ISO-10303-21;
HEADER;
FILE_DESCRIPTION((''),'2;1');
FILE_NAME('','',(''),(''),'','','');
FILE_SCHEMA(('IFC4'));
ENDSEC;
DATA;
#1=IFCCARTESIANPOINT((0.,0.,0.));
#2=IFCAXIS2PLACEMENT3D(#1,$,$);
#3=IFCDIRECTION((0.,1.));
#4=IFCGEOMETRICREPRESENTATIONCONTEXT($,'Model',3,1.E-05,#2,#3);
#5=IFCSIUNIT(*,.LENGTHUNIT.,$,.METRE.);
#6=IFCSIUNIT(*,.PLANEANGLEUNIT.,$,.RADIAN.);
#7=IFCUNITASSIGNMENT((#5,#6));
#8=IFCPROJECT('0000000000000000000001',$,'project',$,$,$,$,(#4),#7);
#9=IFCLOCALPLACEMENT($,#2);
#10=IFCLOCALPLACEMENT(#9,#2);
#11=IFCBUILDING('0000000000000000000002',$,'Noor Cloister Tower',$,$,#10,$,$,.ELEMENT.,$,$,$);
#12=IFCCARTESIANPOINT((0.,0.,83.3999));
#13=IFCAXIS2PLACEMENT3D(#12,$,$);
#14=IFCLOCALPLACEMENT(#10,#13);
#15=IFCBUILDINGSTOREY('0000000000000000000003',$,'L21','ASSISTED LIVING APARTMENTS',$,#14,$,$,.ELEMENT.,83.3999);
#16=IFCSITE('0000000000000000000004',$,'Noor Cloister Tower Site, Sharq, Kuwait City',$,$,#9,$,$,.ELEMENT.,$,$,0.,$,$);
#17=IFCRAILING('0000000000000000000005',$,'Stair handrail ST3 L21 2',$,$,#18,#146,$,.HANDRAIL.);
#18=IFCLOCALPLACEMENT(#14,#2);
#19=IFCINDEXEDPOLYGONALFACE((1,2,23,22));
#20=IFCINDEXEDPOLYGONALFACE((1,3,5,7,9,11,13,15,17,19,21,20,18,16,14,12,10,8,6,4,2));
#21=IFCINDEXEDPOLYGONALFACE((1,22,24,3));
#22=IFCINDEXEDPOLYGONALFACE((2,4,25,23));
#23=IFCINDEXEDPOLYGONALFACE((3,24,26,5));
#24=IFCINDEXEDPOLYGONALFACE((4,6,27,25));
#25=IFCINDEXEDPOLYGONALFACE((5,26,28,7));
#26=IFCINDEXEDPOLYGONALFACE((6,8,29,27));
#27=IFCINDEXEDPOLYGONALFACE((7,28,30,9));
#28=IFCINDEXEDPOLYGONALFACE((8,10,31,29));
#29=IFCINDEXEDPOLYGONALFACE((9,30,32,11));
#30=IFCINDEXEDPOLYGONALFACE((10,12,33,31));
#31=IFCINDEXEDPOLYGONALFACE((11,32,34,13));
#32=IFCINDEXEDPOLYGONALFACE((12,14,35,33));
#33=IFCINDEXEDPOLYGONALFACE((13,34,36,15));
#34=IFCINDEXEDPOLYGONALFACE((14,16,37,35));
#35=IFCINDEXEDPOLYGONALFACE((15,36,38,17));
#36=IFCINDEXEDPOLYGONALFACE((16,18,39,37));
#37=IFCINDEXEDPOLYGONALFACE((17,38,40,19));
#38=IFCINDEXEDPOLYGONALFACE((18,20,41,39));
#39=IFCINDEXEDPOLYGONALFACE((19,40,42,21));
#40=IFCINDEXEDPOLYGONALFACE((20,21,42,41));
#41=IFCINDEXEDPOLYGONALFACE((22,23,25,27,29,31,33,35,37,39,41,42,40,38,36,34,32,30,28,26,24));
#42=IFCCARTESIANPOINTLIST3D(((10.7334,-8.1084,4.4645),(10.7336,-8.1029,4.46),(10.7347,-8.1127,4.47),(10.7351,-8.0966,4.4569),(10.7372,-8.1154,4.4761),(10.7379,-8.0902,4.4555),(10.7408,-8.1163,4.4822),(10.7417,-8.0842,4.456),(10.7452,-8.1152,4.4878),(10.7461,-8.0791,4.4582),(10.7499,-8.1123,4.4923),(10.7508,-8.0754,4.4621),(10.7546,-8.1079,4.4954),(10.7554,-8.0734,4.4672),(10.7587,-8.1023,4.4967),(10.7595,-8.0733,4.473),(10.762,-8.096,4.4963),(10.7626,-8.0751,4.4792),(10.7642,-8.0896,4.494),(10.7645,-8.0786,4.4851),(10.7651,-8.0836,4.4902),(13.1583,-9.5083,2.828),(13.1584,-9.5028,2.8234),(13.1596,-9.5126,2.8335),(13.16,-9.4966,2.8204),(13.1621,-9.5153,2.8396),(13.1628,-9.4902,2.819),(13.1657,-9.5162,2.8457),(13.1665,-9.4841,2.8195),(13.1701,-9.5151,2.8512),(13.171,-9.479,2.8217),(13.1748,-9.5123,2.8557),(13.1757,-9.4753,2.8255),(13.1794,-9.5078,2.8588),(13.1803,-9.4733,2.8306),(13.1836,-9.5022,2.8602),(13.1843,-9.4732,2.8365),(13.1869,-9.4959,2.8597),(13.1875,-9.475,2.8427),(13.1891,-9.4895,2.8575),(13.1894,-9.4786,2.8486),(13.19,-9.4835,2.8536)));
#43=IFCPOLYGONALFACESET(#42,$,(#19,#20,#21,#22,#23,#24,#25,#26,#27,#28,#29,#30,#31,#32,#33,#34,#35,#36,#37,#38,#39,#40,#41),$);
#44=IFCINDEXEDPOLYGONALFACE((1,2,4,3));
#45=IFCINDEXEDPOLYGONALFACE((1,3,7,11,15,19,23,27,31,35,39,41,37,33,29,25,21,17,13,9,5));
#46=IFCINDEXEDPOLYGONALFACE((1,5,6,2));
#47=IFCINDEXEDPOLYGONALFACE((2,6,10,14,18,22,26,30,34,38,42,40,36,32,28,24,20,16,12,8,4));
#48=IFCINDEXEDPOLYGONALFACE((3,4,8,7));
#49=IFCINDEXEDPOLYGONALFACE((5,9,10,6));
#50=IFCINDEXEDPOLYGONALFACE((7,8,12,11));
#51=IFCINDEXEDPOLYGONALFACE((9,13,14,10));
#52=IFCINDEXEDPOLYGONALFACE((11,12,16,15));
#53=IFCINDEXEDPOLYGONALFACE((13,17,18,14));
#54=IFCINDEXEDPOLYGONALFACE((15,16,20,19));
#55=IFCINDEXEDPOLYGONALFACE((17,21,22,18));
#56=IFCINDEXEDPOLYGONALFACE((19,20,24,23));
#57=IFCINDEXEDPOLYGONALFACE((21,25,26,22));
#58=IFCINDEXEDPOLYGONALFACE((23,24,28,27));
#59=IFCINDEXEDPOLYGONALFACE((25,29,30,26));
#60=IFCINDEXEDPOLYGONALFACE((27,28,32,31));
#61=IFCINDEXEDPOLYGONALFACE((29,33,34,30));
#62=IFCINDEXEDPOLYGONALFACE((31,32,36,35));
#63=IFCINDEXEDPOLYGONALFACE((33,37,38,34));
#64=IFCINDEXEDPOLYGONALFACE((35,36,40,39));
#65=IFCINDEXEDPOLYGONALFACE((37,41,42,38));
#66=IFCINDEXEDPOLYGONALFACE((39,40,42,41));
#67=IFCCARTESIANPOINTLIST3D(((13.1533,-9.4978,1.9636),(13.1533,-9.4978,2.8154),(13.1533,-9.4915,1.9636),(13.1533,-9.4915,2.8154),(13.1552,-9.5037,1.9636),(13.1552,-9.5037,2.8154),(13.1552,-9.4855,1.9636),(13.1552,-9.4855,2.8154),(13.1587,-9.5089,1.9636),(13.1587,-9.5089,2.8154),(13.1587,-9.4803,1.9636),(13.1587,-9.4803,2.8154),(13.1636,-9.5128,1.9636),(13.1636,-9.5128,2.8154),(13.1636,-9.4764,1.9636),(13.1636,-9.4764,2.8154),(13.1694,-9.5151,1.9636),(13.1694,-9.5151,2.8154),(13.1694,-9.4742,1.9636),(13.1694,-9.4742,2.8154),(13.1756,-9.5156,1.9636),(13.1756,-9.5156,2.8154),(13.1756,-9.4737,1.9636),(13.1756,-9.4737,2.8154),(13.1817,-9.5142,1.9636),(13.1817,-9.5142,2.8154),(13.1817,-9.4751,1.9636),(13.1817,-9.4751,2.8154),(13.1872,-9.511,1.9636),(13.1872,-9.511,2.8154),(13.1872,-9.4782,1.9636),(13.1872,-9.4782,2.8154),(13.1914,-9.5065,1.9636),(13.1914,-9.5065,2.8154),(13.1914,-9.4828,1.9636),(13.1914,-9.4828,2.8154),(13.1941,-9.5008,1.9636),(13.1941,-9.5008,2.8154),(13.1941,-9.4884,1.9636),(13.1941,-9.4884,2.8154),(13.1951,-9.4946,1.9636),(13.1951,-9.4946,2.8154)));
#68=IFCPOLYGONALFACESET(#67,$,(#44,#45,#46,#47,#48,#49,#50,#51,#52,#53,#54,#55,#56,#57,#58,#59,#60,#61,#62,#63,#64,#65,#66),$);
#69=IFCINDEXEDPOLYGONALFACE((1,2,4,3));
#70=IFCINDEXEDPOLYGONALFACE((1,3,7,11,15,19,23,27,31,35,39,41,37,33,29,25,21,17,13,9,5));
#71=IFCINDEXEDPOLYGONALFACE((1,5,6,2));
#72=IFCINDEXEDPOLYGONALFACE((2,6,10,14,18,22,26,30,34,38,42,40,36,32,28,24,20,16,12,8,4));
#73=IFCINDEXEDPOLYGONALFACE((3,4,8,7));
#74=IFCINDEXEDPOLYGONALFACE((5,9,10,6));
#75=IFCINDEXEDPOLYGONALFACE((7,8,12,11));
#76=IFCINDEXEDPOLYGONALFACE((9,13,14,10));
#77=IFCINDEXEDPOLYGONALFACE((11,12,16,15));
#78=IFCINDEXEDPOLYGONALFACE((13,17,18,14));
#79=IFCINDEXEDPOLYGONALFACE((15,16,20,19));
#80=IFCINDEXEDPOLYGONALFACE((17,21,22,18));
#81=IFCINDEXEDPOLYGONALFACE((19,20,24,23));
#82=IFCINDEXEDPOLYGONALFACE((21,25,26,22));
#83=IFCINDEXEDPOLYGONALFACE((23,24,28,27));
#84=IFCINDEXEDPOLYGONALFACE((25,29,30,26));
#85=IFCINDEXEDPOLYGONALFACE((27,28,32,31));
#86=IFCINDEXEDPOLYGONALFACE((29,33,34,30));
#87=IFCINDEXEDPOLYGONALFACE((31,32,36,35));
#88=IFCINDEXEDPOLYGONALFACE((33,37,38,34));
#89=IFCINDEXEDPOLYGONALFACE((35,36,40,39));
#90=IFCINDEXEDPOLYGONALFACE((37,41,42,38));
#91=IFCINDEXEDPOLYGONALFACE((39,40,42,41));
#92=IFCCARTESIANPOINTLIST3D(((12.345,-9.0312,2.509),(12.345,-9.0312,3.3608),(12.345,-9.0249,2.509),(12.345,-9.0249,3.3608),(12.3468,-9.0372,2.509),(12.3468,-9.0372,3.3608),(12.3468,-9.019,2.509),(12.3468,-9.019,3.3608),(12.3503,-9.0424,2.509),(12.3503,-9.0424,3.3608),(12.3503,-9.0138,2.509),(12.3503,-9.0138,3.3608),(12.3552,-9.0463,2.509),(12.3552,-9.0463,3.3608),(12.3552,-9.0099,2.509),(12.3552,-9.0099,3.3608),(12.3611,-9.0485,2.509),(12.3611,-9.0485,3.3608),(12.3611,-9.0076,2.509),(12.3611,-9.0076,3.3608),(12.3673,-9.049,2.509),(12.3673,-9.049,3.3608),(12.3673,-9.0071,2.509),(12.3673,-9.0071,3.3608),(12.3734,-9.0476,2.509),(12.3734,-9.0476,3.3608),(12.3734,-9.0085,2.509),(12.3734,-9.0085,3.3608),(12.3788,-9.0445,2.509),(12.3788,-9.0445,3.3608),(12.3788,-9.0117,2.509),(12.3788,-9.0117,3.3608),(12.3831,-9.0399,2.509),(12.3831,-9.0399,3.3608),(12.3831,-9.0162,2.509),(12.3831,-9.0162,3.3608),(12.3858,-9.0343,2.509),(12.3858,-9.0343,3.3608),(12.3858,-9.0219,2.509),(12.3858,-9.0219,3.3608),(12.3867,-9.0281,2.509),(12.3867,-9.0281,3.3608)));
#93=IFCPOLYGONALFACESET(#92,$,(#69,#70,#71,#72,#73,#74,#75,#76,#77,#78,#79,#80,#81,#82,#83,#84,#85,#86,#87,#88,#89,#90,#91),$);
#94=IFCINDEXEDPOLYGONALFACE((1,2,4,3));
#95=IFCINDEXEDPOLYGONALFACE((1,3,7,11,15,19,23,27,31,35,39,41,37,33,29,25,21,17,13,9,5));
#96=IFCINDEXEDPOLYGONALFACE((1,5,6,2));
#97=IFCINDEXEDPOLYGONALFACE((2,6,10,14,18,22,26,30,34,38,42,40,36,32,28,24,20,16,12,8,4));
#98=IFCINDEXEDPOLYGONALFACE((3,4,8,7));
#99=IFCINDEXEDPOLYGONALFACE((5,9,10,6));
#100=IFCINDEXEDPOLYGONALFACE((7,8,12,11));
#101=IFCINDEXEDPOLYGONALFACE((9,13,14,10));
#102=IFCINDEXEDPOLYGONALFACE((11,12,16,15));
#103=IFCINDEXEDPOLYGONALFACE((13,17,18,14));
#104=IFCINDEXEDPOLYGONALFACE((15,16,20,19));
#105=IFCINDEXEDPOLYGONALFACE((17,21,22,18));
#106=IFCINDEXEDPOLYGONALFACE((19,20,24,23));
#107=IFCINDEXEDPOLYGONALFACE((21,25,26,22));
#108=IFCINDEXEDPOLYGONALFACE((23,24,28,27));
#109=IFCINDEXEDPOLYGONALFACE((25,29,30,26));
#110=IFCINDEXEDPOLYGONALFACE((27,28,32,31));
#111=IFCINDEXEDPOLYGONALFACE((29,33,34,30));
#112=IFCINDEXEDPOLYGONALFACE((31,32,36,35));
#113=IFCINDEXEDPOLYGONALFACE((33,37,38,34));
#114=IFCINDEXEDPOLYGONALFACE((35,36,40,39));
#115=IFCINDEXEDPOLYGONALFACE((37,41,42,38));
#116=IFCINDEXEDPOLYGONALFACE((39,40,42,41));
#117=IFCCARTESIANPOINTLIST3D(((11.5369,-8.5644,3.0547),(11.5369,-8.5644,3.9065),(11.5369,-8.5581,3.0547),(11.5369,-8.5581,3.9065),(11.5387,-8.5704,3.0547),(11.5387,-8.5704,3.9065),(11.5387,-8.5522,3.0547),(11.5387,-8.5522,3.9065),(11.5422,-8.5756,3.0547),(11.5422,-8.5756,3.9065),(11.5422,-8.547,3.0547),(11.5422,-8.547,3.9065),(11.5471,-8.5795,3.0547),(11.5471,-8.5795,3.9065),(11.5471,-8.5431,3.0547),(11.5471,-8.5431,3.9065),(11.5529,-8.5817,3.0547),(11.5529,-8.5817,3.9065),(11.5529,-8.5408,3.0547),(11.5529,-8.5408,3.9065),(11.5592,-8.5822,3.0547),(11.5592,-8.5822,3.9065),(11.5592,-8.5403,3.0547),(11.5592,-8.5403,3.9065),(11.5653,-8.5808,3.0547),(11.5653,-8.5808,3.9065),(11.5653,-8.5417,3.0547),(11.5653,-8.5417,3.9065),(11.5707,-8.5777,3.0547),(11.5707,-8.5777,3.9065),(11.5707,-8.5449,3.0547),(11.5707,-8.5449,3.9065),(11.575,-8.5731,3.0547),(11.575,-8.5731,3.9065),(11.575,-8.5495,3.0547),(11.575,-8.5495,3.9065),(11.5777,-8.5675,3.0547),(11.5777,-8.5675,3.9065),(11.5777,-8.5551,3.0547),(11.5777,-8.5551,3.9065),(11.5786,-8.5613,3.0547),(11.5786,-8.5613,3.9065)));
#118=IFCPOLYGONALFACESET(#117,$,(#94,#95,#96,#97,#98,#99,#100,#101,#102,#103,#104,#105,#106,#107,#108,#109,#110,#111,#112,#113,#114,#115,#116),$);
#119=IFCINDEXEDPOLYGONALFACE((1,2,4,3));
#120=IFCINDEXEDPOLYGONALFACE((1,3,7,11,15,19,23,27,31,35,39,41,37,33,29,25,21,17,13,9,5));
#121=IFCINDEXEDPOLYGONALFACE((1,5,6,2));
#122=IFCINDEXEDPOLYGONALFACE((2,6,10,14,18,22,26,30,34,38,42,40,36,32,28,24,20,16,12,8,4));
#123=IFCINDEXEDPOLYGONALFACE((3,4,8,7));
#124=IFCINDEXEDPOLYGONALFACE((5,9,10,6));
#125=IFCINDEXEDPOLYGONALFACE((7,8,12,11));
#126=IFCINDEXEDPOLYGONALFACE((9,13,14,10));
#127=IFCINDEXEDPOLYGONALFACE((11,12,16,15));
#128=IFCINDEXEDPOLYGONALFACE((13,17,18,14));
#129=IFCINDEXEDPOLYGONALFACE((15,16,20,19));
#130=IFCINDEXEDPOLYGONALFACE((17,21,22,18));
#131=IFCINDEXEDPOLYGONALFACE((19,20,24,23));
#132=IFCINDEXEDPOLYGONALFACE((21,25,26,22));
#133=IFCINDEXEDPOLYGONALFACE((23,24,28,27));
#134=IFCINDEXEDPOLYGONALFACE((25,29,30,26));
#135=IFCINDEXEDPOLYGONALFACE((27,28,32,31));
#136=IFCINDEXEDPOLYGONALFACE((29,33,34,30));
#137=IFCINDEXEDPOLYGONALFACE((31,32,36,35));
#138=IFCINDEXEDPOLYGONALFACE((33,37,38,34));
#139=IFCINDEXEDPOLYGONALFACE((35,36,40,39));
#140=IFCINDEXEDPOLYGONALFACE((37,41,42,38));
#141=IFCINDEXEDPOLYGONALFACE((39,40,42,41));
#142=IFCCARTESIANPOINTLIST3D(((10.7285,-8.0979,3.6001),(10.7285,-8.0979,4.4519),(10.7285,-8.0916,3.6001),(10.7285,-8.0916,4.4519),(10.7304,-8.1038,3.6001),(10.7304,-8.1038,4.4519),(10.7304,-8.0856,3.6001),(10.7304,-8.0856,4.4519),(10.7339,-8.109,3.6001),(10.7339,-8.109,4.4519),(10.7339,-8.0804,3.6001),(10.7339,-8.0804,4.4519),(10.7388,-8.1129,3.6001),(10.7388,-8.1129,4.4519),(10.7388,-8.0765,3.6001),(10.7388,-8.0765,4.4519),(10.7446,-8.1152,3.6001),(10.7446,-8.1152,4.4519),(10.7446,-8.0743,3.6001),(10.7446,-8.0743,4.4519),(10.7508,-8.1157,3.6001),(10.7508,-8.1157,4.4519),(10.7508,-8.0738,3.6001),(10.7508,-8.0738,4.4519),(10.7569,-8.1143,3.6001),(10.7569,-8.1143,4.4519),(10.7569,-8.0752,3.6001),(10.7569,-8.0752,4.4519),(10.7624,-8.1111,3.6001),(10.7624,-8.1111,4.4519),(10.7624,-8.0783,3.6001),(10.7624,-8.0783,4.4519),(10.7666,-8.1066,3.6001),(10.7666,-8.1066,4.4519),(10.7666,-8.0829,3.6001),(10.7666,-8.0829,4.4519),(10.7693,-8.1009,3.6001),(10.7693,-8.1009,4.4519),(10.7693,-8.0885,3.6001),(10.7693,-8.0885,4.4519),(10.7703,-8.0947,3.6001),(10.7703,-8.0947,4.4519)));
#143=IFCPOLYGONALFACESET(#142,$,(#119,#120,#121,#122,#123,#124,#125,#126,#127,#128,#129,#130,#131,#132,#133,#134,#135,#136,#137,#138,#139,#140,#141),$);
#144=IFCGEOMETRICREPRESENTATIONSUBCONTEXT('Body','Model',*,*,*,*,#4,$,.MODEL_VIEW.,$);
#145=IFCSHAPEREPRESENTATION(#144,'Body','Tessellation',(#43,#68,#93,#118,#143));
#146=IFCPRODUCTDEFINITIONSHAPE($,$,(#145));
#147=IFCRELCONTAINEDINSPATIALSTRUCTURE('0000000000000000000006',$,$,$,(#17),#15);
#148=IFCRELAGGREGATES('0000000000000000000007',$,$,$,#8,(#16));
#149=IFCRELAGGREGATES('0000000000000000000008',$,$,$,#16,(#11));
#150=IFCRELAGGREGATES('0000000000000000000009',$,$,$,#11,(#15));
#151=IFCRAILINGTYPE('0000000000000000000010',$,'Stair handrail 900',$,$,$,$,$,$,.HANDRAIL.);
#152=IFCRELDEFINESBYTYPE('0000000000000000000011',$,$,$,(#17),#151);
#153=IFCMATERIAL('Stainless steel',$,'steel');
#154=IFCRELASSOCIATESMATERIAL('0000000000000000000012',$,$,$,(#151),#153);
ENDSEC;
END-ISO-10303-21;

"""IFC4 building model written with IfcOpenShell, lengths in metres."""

from ifc_helpers import new_model, si_unit, direction, frame, origin, origin_2d, place, context, subcontext, project, spatial, circle, extrude, material, type_object, element, save


model = new_model("IFC4")

# Units and contexts
model_context = context("Model", 3, precision=1e-05, world=origin(), true_north=direction((0.0, 1.0)))
body_context = subcontext(model_context, "Body", "Model", "MODEL_VIEW")
ifc_project = project(units=[si_unit("LENGTHUNIT", "METRE"), si_unit("PLANEANGLEUNIT", "RADIAN")], contexts=[model_context])

# Site, building, storey
site_placement = place(None, origin())
site = spatial("IfcSite", under=ifc_project, at=site_placement, Name="Noor Cloister Tower Site, Sharq, Kuwait City", CompositionType="ELEMENT", RefElevation=0.0)
building_placement = place(site_placement, origin())
building = spatial("IfcBuilding", under=site, at=building_placement, Name="Noor Cloister Tower", CompositionType="ELEMENT")
storey_placement = place(building_placement, frame((0.0, 0.0, 83.3999)))
storey = spatial("IfcBuildingStorey", under=building, at=storey_placement, Name="L21", Description="ASSISTED LIVING APARTMENTS", CompositionType="ELEMENT", Elevation=83.3999)

# Railing
ifc_material_1 = material(Name="Stainless steel", Category="steel")
railing_type = type_object("IfcRailingType", Name="Stair handrail 900", PredefinedType="HANDRAIL", material=ifc_material_1)
railing_placement = place(storey_placement, frame((13.1741, -9.4946, 1.9636)))
element("IfcRailing", 1, at=railing_placement, inside=storey, type_object=railing_type, Name="Stair handrail ST3 L21 2", PredefinedType="HANDRAIL", context=body_context, shape_type="SweptSolid", body=[
    extrude(circle(Radius=0.0239, at=origin_2d()), frame((0.0, 0.0, 0.876), z_axis=(-0.74769, 0.431661, 0.504608), x_axis=(-0.499984, -0.866035, 0.0)), (0.0, 0.0, 1.0), 3.2432),
    extrude(circle(Radius=0.021, at=origin_2d()), origin(), (0.0, 0.0, 1.0), 0.8518),
    extrude(circle(Radius=0.021, at=origin_2d()), frame((-0.8083, 0.4666, 0.5454)), (0.0, 0.0, 1.0), 0.8518),
    extrude(circle(Radius=0.021, at=origin_2d()), frame((-1.6165, 0.9333, 1.0911)), (0.0, 0.0, 1.0), 0.8518),
    extrude(circle(Radius=0.021, at=origin_2d()), frame((-2.4248, 1.3999, 1.6365)), (0.0, 0.0, 1.0), 0.8518),
])

save(model, "model.ifc")
